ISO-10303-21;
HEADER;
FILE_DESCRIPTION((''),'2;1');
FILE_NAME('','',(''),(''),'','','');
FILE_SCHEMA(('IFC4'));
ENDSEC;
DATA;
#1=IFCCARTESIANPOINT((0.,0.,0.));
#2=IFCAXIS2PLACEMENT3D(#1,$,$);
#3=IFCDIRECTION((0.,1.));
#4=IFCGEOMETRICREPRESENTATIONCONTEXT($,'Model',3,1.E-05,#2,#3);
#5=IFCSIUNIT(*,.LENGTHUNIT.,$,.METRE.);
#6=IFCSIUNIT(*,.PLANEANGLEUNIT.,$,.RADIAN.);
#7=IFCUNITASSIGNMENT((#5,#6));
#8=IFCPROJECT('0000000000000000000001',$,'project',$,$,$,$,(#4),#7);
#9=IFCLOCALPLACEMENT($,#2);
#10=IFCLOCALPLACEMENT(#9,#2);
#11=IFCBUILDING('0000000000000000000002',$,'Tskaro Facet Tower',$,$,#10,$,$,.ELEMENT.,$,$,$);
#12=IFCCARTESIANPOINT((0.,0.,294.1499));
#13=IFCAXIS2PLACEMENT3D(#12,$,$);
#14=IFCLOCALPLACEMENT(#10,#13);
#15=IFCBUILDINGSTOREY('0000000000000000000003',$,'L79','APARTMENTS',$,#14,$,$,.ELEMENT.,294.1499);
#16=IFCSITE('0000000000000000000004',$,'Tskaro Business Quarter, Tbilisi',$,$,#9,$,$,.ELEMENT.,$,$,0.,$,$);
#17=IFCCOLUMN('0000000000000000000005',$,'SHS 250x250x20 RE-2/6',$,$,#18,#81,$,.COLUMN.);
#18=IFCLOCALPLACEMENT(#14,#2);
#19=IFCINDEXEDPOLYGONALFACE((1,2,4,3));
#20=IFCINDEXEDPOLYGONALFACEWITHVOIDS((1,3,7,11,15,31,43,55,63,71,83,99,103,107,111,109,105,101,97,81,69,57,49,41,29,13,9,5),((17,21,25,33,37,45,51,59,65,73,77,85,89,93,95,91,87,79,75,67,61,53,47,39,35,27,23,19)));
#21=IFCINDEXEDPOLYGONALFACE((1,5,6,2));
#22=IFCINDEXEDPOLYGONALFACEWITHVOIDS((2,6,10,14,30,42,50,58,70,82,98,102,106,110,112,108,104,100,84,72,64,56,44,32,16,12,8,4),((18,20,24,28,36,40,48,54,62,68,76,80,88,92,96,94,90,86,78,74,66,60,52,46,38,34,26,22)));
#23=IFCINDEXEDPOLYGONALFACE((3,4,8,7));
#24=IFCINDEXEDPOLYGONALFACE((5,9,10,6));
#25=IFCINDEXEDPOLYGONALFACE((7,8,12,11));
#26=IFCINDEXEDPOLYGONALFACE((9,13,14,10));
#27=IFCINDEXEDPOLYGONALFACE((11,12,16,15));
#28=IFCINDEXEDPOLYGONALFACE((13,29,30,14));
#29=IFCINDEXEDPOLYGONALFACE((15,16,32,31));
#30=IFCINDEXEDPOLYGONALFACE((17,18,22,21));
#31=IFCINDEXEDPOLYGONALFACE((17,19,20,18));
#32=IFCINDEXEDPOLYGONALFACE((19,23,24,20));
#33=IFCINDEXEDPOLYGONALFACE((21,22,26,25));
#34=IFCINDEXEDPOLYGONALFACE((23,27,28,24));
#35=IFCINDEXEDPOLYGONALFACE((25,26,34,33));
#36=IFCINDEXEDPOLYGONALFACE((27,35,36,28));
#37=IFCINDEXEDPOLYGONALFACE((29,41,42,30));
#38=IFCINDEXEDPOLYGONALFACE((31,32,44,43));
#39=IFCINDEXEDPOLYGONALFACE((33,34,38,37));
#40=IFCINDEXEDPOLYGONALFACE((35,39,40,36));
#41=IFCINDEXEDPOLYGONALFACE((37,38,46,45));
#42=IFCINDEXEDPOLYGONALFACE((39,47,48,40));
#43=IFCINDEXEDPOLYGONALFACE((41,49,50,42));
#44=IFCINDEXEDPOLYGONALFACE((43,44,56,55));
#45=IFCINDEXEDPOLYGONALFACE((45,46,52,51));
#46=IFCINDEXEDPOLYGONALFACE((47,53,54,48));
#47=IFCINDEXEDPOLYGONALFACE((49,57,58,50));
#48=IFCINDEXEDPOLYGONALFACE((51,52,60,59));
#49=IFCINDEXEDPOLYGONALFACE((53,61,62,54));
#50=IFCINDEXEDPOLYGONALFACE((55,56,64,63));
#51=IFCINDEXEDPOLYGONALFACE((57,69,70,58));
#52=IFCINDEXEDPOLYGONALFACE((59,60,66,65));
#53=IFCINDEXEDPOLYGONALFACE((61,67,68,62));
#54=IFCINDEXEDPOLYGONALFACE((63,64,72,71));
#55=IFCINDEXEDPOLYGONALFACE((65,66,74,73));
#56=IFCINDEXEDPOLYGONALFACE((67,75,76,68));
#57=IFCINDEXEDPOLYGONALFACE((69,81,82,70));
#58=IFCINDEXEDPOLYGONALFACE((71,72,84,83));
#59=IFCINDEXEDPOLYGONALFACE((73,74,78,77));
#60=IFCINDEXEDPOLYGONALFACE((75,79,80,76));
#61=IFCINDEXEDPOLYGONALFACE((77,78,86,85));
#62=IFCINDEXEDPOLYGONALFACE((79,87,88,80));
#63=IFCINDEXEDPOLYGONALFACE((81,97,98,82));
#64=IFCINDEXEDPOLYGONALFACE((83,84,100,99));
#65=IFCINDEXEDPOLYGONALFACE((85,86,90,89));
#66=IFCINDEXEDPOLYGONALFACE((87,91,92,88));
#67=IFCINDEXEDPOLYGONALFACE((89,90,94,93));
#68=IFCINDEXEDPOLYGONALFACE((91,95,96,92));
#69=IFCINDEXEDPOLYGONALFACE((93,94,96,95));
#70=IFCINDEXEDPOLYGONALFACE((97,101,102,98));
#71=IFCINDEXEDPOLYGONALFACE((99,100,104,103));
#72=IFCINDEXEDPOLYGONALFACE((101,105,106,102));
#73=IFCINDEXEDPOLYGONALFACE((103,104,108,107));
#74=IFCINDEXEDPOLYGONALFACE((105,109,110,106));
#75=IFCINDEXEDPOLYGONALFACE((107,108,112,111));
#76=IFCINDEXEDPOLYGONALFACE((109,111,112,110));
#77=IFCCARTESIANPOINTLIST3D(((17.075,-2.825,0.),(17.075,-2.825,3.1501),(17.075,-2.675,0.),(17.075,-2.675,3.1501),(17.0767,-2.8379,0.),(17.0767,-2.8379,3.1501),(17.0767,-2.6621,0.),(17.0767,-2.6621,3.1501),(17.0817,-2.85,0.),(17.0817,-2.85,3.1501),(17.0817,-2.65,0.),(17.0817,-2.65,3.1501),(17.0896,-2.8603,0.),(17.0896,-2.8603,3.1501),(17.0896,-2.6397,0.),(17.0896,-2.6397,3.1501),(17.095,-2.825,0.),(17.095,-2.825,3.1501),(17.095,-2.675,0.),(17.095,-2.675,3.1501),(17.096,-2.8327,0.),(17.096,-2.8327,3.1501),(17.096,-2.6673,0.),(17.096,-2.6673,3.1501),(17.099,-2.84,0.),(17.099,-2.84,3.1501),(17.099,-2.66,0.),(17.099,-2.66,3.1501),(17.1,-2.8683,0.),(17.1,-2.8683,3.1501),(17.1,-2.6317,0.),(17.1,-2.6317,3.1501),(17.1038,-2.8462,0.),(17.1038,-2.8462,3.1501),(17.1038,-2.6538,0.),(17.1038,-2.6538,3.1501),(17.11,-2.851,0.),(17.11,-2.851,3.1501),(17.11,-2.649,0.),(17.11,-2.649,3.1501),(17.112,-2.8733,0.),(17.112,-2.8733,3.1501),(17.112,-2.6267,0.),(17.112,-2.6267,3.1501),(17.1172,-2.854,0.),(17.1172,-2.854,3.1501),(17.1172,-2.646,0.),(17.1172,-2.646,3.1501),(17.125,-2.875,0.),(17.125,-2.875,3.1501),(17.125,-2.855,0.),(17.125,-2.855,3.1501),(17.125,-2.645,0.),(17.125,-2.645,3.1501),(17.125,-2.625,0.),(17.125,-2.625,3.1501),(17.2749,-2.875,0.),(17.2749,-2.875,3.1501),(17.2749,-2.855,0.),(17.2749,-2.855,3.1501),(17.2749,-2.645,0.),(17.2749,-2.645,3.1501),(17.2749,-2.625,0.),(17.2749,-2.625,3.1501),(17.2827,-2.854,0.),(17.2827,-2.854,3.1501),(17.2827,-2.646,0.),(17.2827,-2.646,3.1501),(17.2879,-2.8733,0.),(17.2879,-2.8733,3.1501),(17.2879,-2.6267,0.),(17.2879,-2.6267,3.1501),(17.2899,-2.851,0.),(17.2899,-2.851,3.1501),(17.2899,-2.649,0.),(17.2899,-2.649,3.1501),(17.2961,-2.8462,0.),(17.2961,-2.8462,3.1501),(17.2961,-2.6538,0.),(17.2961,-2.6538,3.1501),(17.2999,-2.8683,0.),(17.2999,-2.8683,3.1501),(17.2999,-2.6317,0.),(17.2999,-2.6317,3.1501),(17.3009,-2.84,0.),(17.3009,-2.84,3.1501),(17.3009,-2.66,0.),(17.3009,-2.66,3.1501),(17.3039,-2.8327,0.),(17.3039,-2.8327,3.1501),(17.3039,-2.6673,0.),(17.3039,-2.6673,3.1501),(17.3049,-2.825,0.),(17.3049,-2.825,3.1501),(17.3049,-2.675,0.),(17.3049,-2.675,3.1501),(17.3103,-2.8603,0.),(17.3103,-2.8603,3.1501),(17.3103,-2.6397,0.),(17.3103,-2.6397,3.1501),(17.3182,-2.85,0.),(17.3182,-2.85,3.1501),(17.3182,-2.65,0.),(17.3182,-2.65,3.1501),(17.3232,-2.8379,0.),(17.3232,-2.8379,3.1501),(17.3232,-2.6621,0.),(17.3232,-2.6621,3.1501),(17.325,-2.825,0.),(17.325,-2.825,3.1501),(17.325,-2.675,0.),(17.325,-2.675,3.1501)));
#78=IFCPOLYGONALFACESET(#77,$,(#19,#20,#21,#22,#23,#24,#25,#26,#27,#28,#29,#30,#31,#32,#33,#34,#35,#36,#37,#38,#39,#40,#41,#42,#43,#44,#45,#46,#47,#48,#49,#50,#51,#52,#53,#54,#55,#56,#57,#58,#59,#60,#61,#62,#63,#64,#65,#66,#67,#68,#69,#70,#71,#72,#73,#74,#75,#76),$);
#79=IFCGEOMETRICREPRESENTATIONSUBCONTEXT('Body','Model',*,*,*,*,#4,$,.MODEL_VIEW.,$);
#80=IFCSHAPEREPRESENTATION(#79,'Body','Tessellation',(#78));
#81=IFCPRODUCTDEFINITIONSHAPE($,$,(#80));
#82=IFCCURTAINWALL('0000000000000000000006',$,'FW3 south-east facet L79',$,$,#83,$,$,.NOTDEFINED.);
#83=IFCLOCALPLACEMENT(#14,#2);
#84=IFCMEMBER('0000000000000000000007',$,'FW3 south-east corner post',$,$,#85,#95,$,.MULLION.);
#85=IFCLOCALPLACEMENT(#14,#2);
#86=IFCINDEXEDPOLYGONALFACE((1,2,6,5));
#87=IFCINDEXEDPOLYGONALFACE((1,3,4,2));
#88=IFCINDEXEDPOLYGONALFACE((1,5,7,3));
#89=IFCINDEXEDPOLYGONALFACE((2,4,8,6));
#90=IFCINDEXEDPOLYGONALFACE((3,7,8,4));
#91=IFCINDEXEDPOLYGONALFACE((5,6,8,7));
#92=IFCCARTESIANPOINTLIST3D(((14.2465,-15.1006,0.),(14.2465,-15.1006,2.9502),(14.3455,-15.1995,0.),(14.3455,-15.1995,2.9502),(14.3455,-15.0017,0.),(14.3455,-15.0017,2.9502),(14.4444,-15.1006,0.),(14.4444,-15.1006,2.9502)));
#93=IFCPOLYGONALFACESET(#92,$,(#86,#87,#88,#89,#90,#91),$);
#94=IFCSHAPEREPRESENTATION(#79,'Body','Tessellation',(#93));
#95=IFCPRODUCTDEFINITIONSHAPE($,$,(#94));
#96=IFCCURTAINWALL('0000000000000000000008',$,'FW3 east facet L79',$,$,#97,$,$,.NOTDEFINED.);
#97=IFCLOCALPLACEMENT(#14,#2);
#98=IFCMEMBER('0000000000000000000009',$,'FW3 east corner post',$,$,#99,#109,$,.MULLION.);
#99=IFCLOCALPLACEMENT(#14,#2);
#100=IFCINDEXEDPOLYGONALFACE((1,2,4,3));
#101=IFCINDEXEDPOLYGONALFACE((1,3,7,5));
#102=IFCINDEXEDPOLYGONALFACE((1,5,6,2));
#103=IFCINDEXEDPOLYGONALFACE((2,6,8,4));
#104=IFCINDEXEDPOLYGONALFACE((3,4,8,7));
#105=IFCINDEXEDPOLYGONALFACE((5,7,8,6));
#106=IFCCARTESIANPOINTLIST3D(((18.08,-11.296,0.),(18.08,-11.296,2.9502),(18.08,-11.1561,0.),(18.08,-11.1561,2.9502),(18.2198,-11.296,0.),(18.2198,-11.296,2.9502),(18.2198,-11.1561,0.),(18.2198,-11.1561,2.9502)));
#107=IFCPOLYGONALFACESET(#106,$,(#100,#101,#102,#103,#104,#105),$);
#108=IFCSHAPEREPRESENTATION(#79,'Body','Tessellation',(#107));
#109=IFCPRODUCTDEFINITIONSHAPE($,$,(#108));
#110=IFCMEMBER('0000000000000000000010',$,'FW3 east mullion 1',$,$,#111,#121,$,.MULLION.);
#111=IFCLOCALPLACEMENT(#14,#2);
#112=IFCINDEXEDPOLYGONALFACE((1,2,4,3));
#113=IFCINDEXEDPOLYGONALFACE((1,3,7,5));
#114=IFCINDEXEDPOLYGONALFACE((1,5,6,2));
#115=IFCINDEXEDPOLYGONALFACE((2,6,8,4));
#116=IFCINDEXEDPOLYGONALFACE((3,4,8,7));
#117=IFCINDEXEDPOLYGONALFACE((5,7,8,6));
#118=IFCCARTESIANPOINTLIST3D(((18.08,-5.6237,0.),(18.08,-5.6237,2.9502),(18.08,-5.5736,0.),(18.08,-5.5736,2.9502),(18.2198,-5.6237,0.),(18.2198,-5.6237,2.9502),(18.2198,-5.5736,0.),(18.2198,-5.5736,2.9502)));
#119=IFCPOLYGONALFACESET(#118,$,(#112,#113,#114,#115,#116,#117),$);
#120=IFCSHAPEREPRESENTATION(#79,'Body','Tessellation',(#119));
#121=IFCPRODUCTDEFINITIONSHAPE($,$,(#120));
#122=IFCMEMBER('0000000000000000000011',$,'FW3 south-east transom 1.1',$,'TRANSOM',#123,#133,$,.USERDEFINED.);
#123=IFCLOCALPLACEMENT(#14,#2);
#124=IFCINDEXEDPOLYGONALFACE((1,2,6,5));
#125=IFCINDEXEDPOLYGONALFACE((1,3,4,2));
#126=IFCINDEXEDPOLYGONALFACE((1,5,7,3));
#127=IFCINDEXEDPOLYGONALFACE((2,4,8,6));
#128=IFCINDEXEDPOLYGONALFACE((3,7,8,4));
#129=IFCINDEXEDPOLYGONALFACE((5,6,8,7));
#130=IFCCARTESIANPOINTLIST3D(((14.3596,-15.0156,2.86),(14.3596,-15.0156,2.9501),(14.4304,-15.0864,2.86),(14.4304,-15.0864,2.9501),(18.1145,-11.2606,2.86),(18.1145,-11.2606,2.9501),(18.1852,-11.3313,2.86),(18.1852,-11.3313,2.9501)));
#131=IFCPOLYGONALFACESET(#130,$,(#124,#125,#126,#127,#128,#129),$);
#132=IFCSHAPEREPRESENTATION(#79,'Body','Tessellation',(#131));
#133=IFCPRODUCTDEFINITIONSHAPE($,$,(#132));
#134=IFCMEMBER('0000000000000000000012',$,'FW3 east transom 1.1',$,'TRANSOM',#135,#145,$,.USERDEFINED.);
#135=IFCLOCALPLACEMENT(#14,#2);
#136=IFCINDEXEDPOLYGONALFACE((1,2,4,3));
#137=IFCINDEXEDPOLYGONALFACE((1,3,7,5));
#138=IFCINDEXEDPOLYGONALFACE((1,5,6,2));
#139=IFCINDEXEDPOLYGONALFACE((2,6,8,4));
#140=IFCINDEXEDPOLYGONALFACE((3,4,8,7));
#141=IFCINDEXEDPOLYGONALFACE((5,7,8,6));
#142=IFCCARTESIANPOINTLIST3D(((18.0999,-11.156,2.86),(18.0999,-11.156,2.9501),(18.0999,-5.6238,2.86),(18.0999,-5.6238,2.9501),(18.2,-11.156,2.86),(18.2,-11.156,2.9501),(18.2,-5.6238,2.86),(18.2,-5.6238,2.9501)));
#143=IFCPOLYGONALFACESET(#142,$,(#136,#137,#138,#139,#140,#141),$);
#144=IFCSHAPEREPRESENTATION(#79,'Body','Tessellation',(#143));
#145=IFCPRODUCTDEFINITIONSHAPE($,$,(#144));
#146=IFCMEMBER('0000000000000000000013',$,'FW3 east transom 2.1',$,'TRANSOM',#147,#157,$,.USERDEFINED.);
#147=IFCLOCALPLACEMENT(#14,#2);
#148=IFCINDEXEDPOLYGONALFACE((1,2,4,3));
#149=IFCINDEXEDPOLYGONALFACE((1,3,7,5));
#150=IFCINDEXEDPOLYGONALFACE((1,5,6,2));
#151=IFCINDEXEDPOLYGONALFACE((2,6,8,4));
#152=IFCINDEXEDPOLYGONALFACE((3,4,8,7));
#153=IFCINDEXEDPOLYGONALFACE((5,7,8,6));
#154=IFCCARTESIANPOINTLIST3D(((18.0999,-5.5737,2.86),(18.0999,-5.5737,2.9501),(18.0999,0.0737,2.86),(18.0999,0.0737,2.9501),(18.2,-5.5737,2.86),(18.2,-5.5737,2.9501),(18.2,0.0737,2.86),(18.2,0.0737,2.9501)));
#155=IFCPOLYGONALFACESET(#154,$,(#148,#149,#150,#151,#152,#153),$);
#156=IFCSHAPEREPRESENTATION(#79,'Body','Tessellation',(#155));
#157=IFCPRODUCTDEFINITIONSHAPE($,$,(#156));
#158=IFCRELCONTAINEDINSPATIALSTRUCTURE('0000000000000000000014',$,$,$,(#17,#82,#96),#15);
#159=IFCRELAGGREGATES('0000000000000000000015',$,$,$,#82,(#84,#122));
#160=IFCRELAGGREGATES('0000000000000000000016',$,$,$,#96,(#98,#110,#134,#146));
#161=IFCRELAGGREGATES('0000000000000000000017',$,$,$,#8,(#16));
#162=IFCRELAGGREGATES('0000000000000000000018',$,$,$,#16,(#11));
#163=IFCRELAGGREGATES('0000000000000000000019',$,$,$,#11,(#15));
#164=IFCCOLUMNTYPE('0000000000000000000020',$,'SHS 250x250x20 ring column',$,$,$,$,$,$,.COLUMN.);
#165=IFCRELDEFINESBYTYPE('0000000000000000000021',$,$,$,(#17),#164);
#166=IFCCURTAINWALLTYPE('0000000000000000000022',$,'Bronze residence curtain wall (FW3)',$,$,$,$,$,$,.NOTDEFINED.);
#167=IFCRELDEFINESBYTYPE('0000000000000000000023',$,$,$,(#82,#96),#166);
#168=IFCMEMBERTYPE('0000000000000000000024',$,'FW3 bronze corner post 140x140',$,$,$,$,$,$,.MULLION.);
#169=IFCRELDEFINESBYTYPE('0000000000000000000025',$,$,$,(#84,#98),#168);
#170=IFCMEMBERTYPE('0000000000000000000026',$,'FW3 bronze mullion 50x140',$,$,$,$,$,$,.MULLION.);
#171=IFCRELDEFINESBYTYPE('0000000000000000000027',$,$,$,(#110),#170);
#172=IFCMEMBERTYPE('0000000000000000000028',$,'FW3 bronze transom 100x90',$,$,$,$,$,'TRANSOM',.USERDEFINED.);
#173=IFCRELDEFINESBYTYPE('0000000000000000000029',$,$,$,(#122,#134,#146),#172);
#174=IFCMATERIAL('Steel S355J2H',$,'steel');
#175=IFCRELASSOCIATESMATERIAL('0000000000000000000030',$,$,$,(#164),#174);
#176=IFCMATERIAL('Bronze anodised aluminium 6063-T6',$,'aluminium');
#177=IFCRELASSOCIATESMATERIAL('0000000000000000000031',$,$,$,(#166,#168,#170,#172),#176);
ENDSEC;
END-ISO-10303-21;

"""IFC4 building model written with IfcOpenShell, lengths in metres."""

from ifc_helpers import new_model, si_unit, direction, frame, origin, origin_2d, place, context, subcontext, project, spatial, rectangle, hollow_rectangle, extrude, material, material_profile, profile_set, type_object, element, aggregate, save


model = new_model("IFC4")

# Units and contexts
model_context = context("Model", 3, precision=1e-05, world=origin(), true_north=direction((0.0, 1.0)))
body_context = subcontext(model_context, "Body", "Model", "MODEL_VIEW")
ifc_project = project(units=[si_unit("LENGTHUNIT", "METRE"), si_unit("PLANEANGLEUNIT", "RADIAN")], contexts=[model_context])

# Site, building, storey
site_placement = place(None, origin())
site = spatial("IfcSite", under=ifc_project, at=site_placement, Name="Tskaro Business Quarter, Tbilisi", CompositionType="ELEMENT", RefElevation=0.0)
building_placement = place(site_placement, origin())
building = spatial("IfcBuilding", under=site, at=building_placement, Name="Tskaro Facet Tower", CompositionType="ELEMENT")
storey_placement = place(building_placement, frame((0.0, 0.0, 294.1499)))
storey = spatial("IfcBuildingStorey", under=building, at=storey_placement, Name="L79", Description="APARTMENTS", CompositionType="ELEMENT", Elevation=294.1499)

# Column
ifc_material_1 = material(Name="Steel S355J2H", Category="steel")
ifc_material_profile_1 = material_profile(ifc_material_1, hollow_rectangle(XDim=0.25, YDim=0.25, WallThickness=0.02, InnerFilletRadius=0.03, OuterFilletRadius=0.05, at=origin_2d()), Name="SHS 250x250x20")
ifc_profile_set_1 = profile_set([ifc_material_profile_1], Name="Steel S355J2H")
column_type_1 = type_object("IfcColumnType", Name="SHS 250x250x20 ring column", PredefinedType="COLUMN", material=ifc_profile_set_1)
for number, where, z_axis, x_axis, name in (
    (1, (17.2, -2.75, 0.0), (0.0, 0.0, 1.0), (1.0, 0.0, 0.0), "SHS 250x250x20 RE-2/6"),
):
    element("IfcColumn", number, at=place(storey_placement, frame(where, z_axis=z_axis, x_axis=x_axis)), inside=storey, type_object=column_type_1, Name=name, PredefinedType="COLUMN", context=body_context, shape_type="SweptSolid", body=[
        extrude(hollow_rectangle(XDim=0.25, YDim=0.25, WallThickness=0.02, InnerFilletRadius=0.03, OuterFilletRadius=0.05, at=origin_2d()), origin(), (0.0, 0.0, 1.0), 3.1501),
    ])

# Curtain wall, member
ifc_material_2 = material(Name="Bronze anodised aluminium 6063-T6", Category="aluminium")
curtain_wall_type = type_object("IfcCurtainWallType", Name="Bronze residence curtain wall (FW3)", PredefinedType="NOTDEFINED", material=ifc_material_2)
curtain_wall_1_placement = place(storey_placement, origin())
curtain_wall_1 = element("IfcCurtainWall", 2, at=curtain_wall_1_placement, inside=storey, type_object=curtain_wall_type, Name="FW3 south-east facet L79", PredefinedType="NOTDEFINED")
ifc_material_profile_2 = material_profile(ifc_material_2, rectangle(XDim=0.1399, YDim=0.1399, at=origin_2d()), Name="Corner post 140x140")
ifc_profile_set_2 = profile_set([ifc_material_profile_2], Name="Bronze anodised aluminium 6063-T6")
member_type_1 = type_object("IfcMemberType", Name="FW3 bronze corner post 140x140", PredefinedType="MULLION", material=ifc_profile_set_2)
member_1_placement = place(storey_placement, frame((14.3455, -15.1006, 0.0), z_axis=(0.0, 0.0, 1.0), x_axis=(0.707107, 0.707107, 0.0)))
member_1 = element("IfcMember", 3, at=member_1_placement, type_object=member_type_1, Name="FW3 south-east corner post", PredefinedType="MULLION", context=body_context, shape_type="SweptSolid", body=[
    extrude(rectangle(XDim=0.1399, YDim=0.1399, at=origin_2d()), origin(), (0.0, 0.0, 1.0), 2.9502),
])

# Curtain wall, members
curtain_wall_2_placement = place(storey_placement, origin())
curtain_wall_2 = element("IfcCurtainWall", 4, at=curtain_wall_2_placement, inside=storey, type_object=curtain_wall_type, Name="FW3 east facet L79", PredefinedType="NOTDEFINED")
member_2_placement = place(storey_placement, frame((18.1499, -11.2261, 0.0), z_axis=(0.0, 0.0, 1.0), x_axis=(0.0, 1.0, 0.0)))
member_2 = element("IfcMember", 5, at=member_2_placement, type_object=member_type_1, Name="FW3 east corner post", PredefinedType="MULLION", context=body_context, shape_type="SweptSolid", body=[
    extrude(rectangle(XDim=0.1399, YDim=0.1399, at=origin_2d()), origin(), (0.0, 0.0, 1.0), 2.9502),
])
ifc_material_profile_3 = material_profile(ifc_material_2, rectangle(XDim=0.05, YDim=0.1399, at=origin_2d()), Name="Mullion 50x140")
ifc_profile_set_3 = profile_set([ifc_material_profile_3], Name="Bronze anodised aluminium 6063-T6")
member_type_2 = type_object("IfcMemberType", Name="FW3 bronze mullion 50x140", PredefinedType="MULLION", material=ifc_profile_set_3)
member_3_placement = place(storey_placement, frame((18.1499, -5.5986, 0.0), z_axis=(0.0, 0.0, 1.0), x_axis=(0.0, 1.0, 0.0)))
member_3 = element("IfcMember", 6, at=member_3_placement, type_object=member_type_2, Name="FW3 east mullion 1", PredefinedType="MULLION", context=body_context, shape_type="SweptSolid", body=[
    extrude(rectangle(XDim=0.05, YDim=0.1399, at=origin_2d()), origin(), (0.0, 0.0, 1.0), 2.9502),
])

# Members
ifc_material_profile_4 = material_profile(ifc_material_2, rectangle(XDim=0.1001, YDim=0.0901, at=origin_2d()), Name="Transom 100x90")
ifc_profile_set_4 = profile_set([ifc_material_profile_4], Name="Bronze anodised aluminium 6063-T6")
member_type_3 = type_object("IfcMemberType", Name="FW3 bronze transom 100x90", ElementType="TRANSOM", PredefinedType="USERDEFINED", material=ifc_profile_set_4)
member_4_placement = place(storey_placement, frame((14.395, -15.051, 2.905), z_axis=(0.707084, 0.70713, 0.0), x_axis=(-0.70713, 0.707084, 0.0)))
member_4 = element("IfcMember", 7, at=member_4_placement, type_object=member_type_3, Name="FW3 south-east transom 1.1", ObjectType="TRANSOM", PredefinedType="USERDEFINED", context=body_context, shape_type="SweptSolid", body=[
    extrude(rectangle(XDim=0.1001, YDim=0.0901, at=origin_2d()), origin(), (0.0, 0.0, 1.0), 5.3103),
])
member_5_placement = place(storey_placement, frame((18.1499, -11.156, 2.905), z_axis=(0.0, 1.0, 0.0), x_axis=(-1.0, 0.0, 0.0)))
member_5 = element("IfcMember", 8, at=member_5_placement, type_object=member_type_3, Name="FW3 east transom 1.1", ObjectType="TRANSOM", PredefinedType="USERDEFINED", context=body_context, shape_type="SweptSolid", body=[
    extrude(rectangle(XDim=0.1001, YDim=0.0901, at=origin_2d()), origin(), (0.0, 0.0, 1.0), 5.5322),
])
member_6_placement = place(storey_placement, frame((18.1499, -5.5737, 2.905), z_axis=(0.0, 1.0, 0.0), x_axis=(-1.0, 0.0, 0.0)))
member_6 = element("IfcMember", 9, at=member_6_placement, type_object=member_type_3, Name="FW3 east transom 2.1", ObjectType="TRANSOM", PredefinedType="USERDEFINED", context=body_context, shape_type="SweptSolid", body=[
    extrude(rectangle(XDim=0.1001, YDim=0.0901, at=origin_2d()), origin(), (0.0, 0.0, 1.0), 5.6475),
])

aggregate(curtain_wall_1, [member_1, member_4])
aggregate(curtain_wall_2, [member_2, member_3, member_5, member_6])

save(model, "model.ifc")
